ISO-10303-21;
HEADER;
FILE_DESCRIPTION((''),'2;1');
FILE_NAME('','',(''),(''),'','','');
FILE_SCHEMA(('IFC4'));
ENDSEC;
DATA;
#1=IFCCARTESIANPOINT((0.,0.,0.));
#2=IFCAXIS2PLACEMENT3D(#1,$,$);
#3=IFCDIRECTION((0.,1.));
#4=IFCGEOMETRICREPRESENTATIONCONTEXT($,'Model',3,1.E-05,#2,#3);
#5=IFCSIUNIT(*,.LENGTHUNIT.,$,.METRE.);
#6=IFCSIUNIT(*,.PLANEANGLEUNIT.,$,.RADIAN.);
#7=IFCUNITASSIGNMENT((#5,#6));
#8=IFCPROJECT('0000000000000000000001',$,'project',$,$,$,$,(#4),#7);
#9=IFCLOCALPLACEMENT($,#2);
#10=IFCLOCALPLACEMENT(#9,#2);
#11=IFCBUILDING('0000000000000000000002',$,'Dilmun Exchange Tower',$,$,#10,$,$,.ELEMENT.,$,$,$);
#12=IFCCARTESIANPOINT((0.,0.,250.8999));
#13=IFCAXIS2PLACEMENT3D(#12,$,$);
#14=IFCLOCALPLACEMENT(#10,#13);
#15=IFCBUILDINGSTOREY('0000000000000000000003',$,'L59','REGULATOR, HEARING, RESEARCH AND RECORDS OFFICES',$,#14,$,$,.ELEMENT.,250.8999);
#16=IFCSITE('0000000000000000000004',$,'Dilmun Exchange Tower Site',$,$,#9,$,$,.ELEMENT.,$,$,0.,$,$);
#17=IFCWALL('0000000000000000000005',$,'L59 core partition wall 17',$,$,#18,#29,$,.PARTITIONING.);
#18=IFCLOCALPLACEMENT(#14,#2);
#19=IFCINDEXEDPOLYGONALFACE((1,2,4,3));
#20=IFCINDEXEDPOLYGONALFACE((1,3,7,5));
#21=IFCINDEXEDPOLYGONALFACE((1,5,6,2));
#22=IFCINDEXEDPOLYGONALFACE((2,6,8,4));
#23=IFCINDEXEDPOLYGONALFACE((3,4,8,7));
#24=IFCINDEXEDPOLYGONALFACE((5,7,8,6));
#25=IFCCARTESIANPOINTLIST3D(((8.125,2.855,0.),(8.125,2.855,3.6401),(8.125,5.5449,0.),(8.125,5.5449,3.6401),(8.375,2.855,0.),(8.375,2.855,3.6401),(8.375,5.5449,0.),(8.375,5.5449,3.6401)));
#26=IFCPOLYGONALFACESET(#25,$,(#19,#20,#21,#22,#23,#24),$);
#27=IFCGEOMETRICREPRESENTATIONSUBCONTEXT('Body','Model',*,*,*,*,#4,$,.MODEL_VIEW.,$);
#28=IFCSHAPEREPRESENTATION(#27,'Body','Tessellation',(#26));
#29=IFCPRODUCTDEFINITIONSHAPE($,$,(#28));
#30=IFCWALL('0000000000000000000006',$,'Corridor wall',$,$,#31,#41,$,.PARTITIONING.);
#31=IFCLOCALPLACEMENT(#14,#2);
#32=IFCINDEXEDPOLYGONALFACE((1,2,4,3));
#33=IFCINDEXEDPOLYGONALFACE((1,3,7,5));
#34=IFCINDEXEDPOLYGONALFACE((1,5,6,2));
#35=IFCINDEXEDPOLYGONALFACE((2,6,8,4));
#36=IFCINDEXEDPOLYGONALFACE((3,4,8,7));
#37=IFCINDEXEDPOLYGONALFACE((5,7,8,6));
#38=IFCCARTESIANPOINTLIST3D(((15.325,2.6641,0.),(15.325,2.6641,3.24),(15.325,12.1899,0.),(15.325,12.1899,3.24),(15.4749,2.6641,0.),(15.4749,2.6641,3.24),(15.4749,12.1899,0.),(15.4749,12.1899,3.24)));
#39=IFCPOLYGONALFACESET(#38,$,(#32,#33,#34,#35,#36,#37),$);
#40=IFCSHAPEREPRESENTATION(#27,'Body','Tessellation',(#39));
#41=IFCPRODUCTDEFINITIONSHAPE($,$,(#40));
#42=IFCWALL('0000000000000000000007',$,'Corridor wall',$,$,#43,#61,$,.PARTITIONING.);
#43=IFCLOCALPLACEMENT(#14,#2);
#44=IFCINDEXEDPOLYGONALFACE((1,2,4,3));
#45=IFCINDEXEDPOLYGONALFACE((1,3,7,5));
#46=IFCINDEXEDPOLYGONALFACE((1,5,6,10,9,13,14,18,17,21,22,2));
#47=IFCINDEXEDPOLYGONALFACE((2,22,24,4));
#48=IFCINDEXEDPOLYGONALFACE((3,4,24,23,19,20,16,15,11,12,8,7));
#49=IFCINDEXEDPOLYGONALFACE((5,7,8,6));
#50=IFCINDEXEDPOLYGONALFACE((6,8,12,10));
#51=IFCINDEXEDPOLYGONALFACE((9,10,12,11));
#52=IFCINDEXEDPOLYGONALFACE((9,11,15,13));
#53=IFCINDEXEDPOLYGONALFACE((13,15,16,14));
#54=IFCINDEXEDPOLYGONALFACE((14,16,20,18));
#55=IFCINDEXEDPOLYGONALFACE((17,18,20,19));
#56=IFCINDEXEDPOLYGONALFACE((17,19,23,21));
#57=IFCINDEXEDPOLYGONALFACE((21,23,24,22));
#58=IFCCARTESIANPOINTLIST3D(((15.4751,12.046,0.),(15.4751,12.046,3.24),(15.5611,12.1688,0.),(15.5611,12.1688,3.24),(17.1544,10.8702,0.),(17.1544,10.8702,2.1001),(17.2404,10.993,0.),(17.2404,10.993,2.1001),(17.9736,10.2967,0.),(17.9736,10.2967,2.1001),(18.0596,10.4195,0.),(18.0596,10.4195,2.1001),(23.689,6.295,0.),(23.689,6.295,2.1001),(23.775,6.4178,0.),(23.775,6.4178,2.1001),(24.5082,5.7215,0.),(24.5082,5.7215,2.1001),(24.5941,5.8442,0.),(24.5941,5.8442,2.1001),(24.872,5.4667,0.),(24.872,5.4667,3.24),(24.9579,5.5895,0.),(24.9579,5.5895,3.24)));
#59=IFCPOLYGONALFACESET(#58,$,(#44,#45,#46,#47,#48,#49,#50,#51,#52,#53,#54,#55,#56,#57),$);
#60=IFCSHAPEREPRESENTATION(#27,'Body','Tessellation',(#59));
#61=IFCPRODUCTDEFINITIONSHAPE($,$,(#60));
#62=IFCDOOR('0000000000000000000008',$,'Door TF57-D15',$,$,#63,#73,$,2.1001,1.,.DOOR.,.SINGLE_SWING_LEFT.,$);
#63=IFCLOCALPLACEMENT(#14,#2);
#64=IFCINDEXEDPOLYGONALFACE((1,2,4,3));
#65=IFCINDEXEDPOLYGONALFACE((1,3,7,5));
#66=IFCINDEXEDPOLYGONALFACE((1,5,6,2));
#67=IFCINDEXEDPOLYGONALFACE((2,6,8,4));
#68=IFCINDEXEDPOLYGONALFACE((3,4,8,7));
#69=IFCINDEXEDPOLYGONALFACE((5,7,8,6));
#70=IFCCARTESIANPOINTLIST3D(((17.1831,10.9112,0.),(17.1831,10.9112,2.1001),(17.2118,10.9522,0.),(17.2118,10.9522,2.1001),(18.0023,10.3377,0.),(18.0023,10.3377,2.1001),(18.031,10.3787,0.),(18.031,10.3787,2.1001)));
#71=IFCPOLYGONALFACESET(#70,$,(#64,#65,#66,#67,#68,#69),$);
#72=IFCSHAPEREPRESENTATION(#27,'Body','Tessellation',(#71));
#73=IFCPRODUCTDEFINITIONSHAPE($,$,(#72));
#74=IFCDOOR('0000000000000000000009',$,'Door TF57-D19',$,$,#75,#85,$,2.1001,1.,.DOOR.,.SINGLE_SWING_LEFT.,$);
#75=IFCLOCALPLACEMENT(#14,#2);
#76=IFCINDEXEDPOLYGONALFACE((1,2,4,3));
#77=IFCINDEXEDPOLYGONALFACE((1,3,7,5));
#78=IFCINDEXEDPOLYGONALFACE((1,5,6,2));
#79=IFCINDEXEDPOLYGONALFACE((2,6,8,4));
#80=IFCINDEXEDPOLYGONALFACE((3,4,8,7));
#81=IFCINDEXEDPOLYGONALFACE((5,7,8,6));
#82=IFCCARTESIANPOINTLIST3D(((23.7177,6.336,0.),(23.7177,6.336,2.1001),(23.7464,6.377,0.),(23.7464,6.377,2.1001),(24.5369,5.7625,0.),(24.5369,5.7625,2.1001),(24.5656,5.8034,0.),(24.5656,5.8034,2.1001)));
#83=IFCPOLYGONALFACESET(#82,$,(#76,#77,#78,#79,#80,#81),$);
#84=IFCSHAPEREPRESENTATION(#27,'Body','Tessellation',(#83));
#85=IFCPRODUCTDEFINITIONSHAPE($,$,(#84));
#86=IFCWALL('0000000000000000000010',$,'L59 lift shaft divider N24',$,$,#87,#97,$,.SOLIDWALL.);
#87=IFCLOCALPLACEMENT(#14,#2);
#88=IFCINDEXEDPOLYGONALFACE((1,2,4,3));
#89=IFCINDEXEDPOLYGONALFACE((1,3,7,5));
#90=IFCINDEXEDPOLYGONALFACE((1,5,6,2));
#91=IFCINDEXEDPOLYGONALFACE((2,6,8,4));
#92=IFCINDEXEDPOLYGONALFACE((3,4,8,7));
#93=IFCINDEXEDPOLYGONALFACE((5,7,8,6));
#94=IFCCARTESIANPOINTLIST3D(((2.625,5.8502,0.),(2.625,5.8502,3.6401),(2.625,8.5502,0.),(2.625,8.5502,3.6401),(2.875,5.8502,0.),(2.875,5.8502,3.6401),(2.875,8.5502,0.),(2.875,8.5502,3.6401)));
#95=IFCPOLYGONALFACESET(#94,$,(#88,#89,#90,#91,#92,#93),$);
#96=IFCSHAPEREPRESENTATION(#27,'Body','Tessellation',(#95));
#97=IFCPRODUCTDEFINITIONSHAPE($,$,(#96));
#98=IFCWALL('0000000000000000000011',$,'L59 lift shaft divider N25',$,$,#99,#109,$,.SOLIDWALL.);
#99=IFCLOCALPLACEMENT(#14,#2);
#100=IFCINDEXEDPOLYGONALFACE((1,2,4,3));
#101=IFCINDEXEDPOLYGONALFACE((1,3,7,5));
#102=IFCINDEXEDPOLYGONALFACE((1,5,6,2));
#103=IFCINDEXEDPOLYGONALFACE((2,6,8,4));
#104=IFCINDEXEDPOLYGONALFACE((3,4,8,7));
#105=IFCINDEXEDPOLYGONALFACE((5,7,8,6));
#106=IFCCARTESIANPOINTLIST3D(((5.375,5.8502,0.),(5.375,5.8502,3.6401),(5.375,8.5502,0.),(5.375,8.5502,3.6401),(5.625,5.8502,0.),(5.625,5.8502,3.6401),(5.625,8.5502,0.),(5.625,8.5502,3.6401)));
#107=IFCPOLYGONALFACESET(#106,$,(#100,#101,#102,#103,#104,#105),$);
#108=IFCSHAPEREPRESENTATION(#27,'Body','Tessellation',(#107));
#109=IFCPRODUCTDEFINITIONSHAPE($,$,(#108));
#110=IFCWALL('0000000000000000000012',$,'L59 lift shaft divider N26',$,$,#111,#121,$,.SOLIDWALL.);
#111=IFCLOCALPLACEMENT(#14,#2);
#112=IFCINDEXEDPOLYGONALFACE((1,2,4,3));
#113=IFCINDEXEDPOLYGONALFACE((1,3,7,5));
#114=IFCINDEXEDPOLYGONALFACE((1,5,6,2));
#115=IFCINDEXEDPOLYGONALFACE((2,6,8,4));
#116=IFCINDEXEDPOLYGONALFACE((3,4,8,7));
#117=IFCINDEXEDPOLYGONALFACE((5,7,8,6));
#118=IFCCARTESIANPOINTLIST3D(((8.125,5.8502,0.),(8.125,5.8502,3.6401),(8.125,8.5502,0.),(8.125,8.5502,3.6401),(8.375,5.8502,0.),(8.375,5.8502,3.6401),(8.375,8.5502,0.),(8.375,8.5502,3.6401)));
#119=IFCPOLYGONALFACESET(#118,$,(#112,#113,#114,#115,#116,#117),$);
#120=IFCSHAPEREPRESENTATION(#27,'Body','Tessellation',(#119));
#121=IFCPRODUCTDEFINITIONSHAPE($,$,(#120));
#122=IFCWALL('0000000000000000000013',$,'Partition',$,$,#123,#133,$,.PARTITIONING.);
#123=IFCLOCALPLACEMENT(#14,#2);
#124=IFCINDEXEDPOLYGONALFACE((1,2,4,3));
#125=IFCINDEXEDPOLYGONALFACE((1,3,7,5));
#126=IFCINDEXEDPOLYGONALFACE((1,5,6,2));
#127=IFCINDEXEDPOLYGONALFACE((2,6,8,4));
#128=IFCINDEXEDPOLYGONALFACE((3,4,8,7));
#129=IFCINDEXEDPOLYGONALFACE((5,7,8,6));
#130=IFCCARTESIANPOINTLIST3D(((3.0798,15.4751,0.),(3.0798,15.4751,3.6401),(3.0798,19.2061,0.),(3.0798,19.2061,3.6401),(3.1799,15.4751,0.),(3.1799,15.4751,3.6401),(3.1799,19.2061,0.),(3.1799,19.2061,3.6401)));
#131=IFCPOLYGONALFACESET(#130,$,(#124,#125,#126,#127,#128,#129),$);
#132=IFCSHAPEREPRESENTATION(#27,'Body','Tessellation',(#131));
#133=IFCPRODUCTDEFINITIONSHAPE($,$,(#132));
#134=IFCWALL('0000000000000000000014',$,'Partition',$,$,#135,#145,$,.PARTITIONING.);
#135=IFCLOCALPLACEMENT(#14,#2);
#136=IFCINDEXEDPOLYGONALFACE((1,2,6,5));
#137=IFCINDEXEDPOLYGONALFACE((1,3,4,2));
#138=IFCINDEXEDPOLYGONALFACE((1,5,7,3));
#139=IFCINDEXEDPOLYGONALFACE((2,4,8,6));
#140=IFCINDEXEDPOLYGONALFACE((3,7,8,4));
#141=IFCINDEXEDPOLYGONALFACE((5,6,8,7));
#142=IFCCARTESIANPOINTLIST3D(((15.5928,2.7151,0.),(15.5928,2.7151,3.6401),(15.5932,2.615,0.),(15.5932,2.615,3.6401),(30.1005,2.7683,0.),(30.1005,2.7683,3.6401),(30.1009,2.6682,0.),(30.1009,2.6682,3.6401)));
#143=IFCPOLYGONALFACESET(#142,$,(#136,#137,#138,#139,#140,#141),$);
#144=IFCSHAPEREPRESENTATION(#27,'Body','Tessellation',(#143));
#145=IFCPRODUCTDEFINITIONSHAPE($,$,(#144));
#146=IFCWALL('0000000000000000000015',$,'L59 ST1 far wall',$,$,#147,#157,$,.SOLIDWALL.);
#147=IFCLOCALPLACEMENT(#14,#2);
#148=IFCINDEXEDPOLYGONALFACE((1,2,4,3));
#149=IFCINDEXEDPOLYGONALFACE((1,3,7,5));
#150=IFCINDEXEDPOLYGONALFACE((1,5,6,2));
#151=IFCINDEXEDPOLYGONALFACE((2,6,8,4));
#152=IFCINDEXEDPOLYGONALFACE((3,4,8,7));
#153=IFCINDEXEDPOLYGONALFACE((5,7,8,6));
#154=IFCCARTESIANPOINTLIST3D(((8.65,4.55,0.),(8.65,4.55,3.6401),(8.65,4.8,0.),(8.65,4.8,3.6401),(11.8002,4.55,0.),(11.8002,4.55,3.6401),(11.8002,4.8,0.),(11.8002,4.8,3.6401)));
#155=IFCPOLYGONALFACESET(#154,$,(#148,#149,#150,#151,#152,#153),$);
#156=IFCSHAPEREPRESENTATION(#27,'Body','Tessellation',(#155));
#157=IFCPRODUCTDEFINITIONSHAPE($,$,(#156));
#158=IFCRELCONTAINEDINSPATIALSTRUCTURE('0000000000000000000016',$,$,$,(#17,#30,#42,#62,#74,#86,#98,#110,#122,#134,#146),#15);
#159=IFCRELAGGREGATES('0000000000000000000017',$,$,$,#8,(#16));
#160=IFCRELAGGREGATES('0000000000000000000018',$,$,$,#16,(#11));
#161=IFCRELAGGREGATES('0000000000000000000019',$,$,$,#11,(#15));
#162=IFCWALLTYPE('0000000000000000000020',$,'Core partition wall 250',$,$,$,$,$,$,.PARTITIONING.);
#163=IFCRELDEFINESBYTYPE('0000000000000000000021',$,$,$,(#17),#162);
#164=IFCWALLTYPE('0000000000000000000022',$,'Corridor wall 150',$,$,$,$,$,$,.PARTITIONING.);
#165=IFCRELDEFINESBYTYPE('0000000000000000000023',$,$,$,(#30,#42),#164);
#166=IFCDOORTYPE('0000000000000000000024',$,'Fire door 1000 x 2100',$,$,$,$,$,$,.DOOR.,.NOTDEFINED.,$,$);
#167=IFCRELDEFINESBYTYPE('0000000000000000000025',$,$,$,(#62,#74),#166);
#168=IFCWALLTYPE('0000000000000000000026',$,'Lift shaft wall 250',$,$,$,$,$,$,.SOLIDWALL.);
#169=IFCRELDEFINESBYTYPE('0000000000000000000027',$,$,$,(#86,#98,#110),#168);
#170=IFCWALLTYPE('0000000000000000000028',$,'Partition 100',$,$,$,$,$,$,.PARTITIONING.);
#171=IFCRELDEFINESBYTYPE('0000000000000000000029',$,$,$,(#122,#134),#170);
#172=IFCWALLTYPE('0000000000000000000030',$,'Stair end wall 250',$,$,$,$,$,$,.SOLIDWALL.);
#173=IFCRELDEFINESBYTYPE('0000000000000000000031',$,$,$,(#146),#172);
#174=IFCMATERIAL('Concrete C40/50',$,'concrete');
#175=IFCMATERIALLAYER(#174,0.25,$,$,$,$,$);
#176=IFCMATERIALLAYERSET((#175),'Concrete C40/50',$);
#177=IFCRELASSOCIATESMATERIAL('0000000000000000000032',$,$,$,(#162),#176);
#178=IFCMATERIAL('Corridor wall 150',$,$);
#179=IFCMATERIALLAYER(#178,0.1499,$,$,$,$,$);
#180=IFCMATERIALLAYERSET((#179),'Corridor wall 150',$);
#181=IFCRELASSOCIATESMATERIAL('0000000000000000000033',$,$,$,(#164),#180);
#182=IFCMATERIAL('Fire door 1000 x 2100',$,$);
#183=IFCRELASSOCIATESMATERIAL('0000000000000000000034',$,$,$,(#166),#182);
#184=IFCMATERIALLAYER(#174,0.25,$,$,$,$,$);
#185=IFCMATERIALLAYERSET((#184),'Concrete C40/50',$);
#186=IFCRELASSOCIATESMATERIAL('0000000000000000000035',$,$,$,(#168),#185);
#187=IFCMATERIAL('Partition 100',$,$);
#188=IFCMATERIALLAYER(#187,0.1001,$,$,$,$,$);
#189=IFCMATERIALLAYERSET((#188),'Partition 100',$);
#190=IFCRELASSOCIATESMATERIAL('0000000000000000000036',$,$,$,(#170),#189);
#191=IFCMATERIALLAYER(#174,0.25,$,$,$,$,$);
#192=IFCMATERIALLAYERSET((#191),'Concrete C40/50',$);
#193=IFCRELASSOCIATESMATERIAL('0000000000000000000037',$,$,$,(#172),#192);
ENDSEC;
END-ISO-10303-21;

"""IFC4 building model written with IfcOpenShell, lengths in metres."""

from ifc_helpers import new_model, si_unit, direction, frame, frame_2d, origin, place, context, subcontext, project, spatial, rectangle, extrude, material, layer, layer_set, type_object, element, fill, save


model = new_model("IFC4")

# Units and contexts
model_context = context("Model", 3, precision=1e-05, world=origin(), true_north=direction((0.0, 1.0)))
body_context = subcontext(model_context, "Body", "Model", "MODEL_VIEW")
ifc_project = project(units=[si_unit("LENGTHUNIT", "METRE"), si_unit("PLANEANGLEUNIT", "RADIAN")], contexts=[model_context])

# Site, building, storey
site_placement = place(None, origin())
site = spatial("IfcSite", under=ifc_project, at=site_placement, Name="Dilmun Exchange Tower Site", CompositionType="ELEMENT", RefElevation=0.0)
building_placement = place(site_placement, origin())
building = spatial("IfcBuilding", under=site, at=building_placement, Name="Dilmun Exchange Tower", CompositionType="ELEMENT")
storey_placement = place(building_placement, frame((0.0, 0.0, 250.8999)))
storey = spatial("IfcBuildingStorey", under=building, at=storey_placement, Name="L59", Description="REGULATOR, HEARING, RESEARCH AND RECORDS OFFICES", CompositionType="ELEMENT", Elevation=250.8999)

# Walls
ifc_material_1 = material(Name="Concrete C40/50", Category="concrete")
ifc_layer_1 = layer(ifc_material_1, 0.25)
ifc_layer_set_1 = layer_set([ifc_layer_1], Name="Concrete C40/50")
wall_type_1 = type_object("IfcWallType", Name="Core partition wall 250", PredefinedType="PARTITIONING", material=ifc_layer_set_1)
wall_1_placement = place(storey_placement, frame((8.25, 2.855, 0.0), z_axis=(0.0, 0.0, 1.0), x_axis=(0.0, 1.0, 0.0)))
element("IfcWall", 1, at=wall_1_placement, inside=storey, type_object=wall_type_1, Name="L59 core partition wall 17", PredefinedType="PARTITIONING", context=body_context, shape_type="SweptSolid", body=[
    extrude(rectangle(XDim=2.6899, YDim=0.25, at=frame_2d((1.345, 0.0))), origin(), (0.0, 0.0, 1.0), 3.6401),
])
ifc_material_2 = material(Name="Corridor wall 150")
ifc_layer_2 = layer(ifc_material_2, 0.1499)
ifc_layer_set_2 = layer_set([ifc_layer_2], Name="Corridor wall 150")
wall_type_2 = type_object("IfcWallType", Name="Corridor wall 150", PredefinedType="PARTITIONING", material=ifc_layer_set_2)
wall_2_placement = place(storey_placement, frame((15.3999, 2.6641, 0.0), z_axis=(0.0, 0.0, 1.0), x_axis=(0.0, 1.0, 0.0)))
element("IfcWall", 2, at=wall_2_placement, inside=storey, type_object=wall_type_2, Name="Corridor wall", PredefinedType="PARTITIONING", context=body_context, shape_type="SweptSolid", body=[
    extrude(rectangle(XDim=9.5259, YDim=0.1499, at=frame_2d((4.7629, 0.0))), origin(), (0.0, 0.0, 1.0), 3.24),
])

# Wall, openings, doors
wall_3_placement = place(storey_placement, frame((15.5181, 12.1074, 0.0), z_axis=(0.0, 0.0, 1.0), x_axis=(0.819172, -0.573548, 0.0)))
wall_3 = element("IfcWall", 3, at=wall_3_placement, inside=storey, type_object=wall_type_2, Name="Corridor wall", PredefinedType="PARTITIONING", context=body_context, shape_type="SweptSolid", body=[
    extrude(rectangle(XDim=11.4712, YDim=0.1499, at=frame_2d((5.7356, 0.0))), origin(), (0.0, 0.0, 1.0), 3.24),
])
opening_1_placement = place(wall_3_placement, frame((2.05, 0.0, 0.0)))
opening_1 = element("IfcOpeningElement", 4, at=opening_1_placement, cuts=wall_3, PredefinedType="OPENING", context=body_context, shape_type="SweptSolid", body=[
    extrude(rectangle(XDim=1.0, YDim=2.1001, at=frame_2d((0.5, 1.05))), frame((0.0, 0.085, 0.0), z_axis=(0.0, -1.0, 0.0), x_axis=(1.0, 0.0, 0.0)), (0.0, 0.0, 1.0), 0.1699),
])
opening_2_placement = place(wall_3_placement, frame((10.0271, 0.0, 0.0)))
opening_2 = element("IfcOpeningElement", 5, at=opening_2_placement, cuts=wall_3, PredefinedType="OPENING", context=body_context, shape_type="SweptSolid", body=[
    extrude(rectangle(XDim=1.0, YDim=2.1001, at=frame_2d((0.5, 1.05))), frame((0.0, 0.085, 0.0), z_axis=(0.0, -1.0, 0.0), x_axis=(1.0, 0.0, 0.0)), (0.0, 0.0, 1.0), 0.1699),
])
ifc_material_3 = material(Name="Fire door 1000 x 2100")
door_type_1 = type_object("IfcDoorType", Name="Fire door 1000 x 2100", OperationType="NOTDEFINED", PredefinedType="DOOR", material=ifc_material_3)
door_1_placement = place(opening_1_placement, frame((1.0, 0.0, 0.0), z_axis=(0.0, 0.0, 1.0), x_axis=(-1.0, 0.0, 0.0)))
door_1 = element("IfcDoor", 6, at=door_1_placement, inside=storey, type_object=door_type_1, Name="Door TF57-D15", OperationType="SINGLE_SWING_LEFT", OverallHeight=2.1001, OverallWidth=1.0, PredefinedType="DOOR", context=body_context, shape_type="SweptSolid", body=[
    extrude(rectangle(XDim=1.0, YDim=2.1001, at=frame_2d((0.5, 1.05))), frame((0.0, 0.0249, 0.0), z_axis=(0.0, -1.0, 0.0), x_axis=(1.0, 0.0, 0.0)), (0.0, 0.0, 1.0), 0.05),
])
fill(opening_1, door_1)
door_2_placement = place(opening_2_placement, frame((1.0, 0.0, 0.0), z_axis=(0.0, 0.0, 1.0), x_axis=(-1.0, 0.0, 0.0)))
door_2 = element("IfcDoor", 7, at=door_2_placement, inside=storey, type_object=door_type_1, Name="Door TF57-D19", OperationType="SINGLE_SWING_LEFT", OverallHeight=2.1001, OverallWidth=1.0, PredefinedType="DOOR", context=body_context, shape_type="SweptSolid", body=[
    extrude(rectangle(XDim=1.0, YDim=2.1001, at=frame_2d((0.5, 1.05))), frame((0.0, 0.0249, 0.0), z_axis=(0.0, -1.0, 0.0), x_axis=(1.0, 0.0, 0.0)), (0.0, 0.0, 1.0), 0.05),
])
fill(opening_2, door_2)

# Walls
ifc_layer_3 = layer(ifc_material_1, 0.25)
ifc_layer_set_3 = layer_set([ifc_layer_3], Name="Concrete C40/50")
wall_type_3 = type_object("IfcWallType", Name="Lift shaft wall 250", PredefinedType="SOLIDWALL", material=ifc_layer_set_3)
for number, where, z_axis, x_axis, name in (
    (8, (2.75, 5.8501, 0.0), (0.0, 0.0, 1.0), (0.0, 1.0, 0.0), "L59 lift shaft divider N24"),
    (9, (5.5, 5.8501, 0.0), (0.0, 0.0, 1.0), (0.0, 1.0, 0.0), "L59 lift shaft divider N25"),
    (10, (8.25, 5.8501, 0.0), (0.0, 0.0, 1.0), (0.0, 1.0, 0.0), "L59 lift shaft divider N26"),
):
    element("IfcWall", number, at=place(storey_placement, frame(where, z_axis=z_axis, x_axis=x_axis)), inside=storey, type_object=wall_type_3, Name=name, PredefinedType="SOLIDWALL", context=body_context, shape_type="SweptSolid", body=[
        extrude(rectangle(XDim=2.7, YDim=0.25, at=frame_2d((1.3501, 0.0))), origin(), (0.0, 0.0, 1.0), 3.6401),
    ])
ifc_material_4 = material(Name="Partition 100")
ifc_layer_4 = layer(ifc_material_4, 0.1001)
ifc_layer_set_4 = layer_set([ifc_layer_4], Name="Partition 100")
wall_type_4 = type_object("IfcWallType", Name="Partition 100", PredefinedType="PARTITIONING", material=ifc_layer_set_4)
wall_4_placement = place(storey_placement, frame((3.1299, 15.4751, 0.0), z_axis=(0.0, 0.0, 1.0), x_axis=(0.0, 1.0, 0.0)))
element("IfcWall", 11, at=wall_4_placement, inside=storey, type_object=wall_type_4, Name="Partition", PredefinedType="PARTITIONING", context=body_context, shape_type="SweptSolid", body=[
    extrude(rectangle(XDim=3.731, YDim=0.1001, at=frame_2d((1.8655, 0.0))), origin(), (0.0, 0.0, 1.0), 3.6401),
])
wall_5_placement = place(storey_placement, frame((15.593, 2.665, 0.0), z_axis=(0.0, 0.0, 1.0), x_axis=(0.999993, 0.003669, 0.0)))
element("IfcWall", 12, at=wall_5_placement, inside=storey, type_object=wall_type_4, Name="Partition", PredefinedType="PARTITIONING", context=body_context, shape_type="SweptSolid", body=[
    extrude(rectangle(XDim=14.5078, YDim=0.1001, at=frame_2d((7.2539, 0.0))), origin(), (0.0, 0.0, 1.0), 3.6401),
])
ifc_layer_5 = layer(ifc_material_1, 0.25)
ifc_layer_set_5 = layer_set([ifc_layer_5], Name="Concrete C40/50")
wall_type_5 = type_object("IfcWallType", Name="Stair end wall 250", PredefinedType="SOLIDWALL", material=ifc_layer_set_5)
wall_6_placement = place(storey_placement, frame((8.6499, 4.675, 0.0), z_axis=(0.0, 0.0, 1.0), x_axis=(1.0, 0.0, 0.0)))
element("IfcWall", 13, at=wall_6_placement, inside=storey, type_object=wall_type_5, Name="L59 ST1 far wall", PredefinedType="SOLIDWALL", context=body_context, shape_type="SweptSolid", body=[
    extrude(rectangle(XDim=3.1501, YDim=0.25, at=frame_2d((1.5752, 0.0))), origin(), (0.0, 0.0, 1.0), 3.6401),
])

save(model, "model.ifc")
